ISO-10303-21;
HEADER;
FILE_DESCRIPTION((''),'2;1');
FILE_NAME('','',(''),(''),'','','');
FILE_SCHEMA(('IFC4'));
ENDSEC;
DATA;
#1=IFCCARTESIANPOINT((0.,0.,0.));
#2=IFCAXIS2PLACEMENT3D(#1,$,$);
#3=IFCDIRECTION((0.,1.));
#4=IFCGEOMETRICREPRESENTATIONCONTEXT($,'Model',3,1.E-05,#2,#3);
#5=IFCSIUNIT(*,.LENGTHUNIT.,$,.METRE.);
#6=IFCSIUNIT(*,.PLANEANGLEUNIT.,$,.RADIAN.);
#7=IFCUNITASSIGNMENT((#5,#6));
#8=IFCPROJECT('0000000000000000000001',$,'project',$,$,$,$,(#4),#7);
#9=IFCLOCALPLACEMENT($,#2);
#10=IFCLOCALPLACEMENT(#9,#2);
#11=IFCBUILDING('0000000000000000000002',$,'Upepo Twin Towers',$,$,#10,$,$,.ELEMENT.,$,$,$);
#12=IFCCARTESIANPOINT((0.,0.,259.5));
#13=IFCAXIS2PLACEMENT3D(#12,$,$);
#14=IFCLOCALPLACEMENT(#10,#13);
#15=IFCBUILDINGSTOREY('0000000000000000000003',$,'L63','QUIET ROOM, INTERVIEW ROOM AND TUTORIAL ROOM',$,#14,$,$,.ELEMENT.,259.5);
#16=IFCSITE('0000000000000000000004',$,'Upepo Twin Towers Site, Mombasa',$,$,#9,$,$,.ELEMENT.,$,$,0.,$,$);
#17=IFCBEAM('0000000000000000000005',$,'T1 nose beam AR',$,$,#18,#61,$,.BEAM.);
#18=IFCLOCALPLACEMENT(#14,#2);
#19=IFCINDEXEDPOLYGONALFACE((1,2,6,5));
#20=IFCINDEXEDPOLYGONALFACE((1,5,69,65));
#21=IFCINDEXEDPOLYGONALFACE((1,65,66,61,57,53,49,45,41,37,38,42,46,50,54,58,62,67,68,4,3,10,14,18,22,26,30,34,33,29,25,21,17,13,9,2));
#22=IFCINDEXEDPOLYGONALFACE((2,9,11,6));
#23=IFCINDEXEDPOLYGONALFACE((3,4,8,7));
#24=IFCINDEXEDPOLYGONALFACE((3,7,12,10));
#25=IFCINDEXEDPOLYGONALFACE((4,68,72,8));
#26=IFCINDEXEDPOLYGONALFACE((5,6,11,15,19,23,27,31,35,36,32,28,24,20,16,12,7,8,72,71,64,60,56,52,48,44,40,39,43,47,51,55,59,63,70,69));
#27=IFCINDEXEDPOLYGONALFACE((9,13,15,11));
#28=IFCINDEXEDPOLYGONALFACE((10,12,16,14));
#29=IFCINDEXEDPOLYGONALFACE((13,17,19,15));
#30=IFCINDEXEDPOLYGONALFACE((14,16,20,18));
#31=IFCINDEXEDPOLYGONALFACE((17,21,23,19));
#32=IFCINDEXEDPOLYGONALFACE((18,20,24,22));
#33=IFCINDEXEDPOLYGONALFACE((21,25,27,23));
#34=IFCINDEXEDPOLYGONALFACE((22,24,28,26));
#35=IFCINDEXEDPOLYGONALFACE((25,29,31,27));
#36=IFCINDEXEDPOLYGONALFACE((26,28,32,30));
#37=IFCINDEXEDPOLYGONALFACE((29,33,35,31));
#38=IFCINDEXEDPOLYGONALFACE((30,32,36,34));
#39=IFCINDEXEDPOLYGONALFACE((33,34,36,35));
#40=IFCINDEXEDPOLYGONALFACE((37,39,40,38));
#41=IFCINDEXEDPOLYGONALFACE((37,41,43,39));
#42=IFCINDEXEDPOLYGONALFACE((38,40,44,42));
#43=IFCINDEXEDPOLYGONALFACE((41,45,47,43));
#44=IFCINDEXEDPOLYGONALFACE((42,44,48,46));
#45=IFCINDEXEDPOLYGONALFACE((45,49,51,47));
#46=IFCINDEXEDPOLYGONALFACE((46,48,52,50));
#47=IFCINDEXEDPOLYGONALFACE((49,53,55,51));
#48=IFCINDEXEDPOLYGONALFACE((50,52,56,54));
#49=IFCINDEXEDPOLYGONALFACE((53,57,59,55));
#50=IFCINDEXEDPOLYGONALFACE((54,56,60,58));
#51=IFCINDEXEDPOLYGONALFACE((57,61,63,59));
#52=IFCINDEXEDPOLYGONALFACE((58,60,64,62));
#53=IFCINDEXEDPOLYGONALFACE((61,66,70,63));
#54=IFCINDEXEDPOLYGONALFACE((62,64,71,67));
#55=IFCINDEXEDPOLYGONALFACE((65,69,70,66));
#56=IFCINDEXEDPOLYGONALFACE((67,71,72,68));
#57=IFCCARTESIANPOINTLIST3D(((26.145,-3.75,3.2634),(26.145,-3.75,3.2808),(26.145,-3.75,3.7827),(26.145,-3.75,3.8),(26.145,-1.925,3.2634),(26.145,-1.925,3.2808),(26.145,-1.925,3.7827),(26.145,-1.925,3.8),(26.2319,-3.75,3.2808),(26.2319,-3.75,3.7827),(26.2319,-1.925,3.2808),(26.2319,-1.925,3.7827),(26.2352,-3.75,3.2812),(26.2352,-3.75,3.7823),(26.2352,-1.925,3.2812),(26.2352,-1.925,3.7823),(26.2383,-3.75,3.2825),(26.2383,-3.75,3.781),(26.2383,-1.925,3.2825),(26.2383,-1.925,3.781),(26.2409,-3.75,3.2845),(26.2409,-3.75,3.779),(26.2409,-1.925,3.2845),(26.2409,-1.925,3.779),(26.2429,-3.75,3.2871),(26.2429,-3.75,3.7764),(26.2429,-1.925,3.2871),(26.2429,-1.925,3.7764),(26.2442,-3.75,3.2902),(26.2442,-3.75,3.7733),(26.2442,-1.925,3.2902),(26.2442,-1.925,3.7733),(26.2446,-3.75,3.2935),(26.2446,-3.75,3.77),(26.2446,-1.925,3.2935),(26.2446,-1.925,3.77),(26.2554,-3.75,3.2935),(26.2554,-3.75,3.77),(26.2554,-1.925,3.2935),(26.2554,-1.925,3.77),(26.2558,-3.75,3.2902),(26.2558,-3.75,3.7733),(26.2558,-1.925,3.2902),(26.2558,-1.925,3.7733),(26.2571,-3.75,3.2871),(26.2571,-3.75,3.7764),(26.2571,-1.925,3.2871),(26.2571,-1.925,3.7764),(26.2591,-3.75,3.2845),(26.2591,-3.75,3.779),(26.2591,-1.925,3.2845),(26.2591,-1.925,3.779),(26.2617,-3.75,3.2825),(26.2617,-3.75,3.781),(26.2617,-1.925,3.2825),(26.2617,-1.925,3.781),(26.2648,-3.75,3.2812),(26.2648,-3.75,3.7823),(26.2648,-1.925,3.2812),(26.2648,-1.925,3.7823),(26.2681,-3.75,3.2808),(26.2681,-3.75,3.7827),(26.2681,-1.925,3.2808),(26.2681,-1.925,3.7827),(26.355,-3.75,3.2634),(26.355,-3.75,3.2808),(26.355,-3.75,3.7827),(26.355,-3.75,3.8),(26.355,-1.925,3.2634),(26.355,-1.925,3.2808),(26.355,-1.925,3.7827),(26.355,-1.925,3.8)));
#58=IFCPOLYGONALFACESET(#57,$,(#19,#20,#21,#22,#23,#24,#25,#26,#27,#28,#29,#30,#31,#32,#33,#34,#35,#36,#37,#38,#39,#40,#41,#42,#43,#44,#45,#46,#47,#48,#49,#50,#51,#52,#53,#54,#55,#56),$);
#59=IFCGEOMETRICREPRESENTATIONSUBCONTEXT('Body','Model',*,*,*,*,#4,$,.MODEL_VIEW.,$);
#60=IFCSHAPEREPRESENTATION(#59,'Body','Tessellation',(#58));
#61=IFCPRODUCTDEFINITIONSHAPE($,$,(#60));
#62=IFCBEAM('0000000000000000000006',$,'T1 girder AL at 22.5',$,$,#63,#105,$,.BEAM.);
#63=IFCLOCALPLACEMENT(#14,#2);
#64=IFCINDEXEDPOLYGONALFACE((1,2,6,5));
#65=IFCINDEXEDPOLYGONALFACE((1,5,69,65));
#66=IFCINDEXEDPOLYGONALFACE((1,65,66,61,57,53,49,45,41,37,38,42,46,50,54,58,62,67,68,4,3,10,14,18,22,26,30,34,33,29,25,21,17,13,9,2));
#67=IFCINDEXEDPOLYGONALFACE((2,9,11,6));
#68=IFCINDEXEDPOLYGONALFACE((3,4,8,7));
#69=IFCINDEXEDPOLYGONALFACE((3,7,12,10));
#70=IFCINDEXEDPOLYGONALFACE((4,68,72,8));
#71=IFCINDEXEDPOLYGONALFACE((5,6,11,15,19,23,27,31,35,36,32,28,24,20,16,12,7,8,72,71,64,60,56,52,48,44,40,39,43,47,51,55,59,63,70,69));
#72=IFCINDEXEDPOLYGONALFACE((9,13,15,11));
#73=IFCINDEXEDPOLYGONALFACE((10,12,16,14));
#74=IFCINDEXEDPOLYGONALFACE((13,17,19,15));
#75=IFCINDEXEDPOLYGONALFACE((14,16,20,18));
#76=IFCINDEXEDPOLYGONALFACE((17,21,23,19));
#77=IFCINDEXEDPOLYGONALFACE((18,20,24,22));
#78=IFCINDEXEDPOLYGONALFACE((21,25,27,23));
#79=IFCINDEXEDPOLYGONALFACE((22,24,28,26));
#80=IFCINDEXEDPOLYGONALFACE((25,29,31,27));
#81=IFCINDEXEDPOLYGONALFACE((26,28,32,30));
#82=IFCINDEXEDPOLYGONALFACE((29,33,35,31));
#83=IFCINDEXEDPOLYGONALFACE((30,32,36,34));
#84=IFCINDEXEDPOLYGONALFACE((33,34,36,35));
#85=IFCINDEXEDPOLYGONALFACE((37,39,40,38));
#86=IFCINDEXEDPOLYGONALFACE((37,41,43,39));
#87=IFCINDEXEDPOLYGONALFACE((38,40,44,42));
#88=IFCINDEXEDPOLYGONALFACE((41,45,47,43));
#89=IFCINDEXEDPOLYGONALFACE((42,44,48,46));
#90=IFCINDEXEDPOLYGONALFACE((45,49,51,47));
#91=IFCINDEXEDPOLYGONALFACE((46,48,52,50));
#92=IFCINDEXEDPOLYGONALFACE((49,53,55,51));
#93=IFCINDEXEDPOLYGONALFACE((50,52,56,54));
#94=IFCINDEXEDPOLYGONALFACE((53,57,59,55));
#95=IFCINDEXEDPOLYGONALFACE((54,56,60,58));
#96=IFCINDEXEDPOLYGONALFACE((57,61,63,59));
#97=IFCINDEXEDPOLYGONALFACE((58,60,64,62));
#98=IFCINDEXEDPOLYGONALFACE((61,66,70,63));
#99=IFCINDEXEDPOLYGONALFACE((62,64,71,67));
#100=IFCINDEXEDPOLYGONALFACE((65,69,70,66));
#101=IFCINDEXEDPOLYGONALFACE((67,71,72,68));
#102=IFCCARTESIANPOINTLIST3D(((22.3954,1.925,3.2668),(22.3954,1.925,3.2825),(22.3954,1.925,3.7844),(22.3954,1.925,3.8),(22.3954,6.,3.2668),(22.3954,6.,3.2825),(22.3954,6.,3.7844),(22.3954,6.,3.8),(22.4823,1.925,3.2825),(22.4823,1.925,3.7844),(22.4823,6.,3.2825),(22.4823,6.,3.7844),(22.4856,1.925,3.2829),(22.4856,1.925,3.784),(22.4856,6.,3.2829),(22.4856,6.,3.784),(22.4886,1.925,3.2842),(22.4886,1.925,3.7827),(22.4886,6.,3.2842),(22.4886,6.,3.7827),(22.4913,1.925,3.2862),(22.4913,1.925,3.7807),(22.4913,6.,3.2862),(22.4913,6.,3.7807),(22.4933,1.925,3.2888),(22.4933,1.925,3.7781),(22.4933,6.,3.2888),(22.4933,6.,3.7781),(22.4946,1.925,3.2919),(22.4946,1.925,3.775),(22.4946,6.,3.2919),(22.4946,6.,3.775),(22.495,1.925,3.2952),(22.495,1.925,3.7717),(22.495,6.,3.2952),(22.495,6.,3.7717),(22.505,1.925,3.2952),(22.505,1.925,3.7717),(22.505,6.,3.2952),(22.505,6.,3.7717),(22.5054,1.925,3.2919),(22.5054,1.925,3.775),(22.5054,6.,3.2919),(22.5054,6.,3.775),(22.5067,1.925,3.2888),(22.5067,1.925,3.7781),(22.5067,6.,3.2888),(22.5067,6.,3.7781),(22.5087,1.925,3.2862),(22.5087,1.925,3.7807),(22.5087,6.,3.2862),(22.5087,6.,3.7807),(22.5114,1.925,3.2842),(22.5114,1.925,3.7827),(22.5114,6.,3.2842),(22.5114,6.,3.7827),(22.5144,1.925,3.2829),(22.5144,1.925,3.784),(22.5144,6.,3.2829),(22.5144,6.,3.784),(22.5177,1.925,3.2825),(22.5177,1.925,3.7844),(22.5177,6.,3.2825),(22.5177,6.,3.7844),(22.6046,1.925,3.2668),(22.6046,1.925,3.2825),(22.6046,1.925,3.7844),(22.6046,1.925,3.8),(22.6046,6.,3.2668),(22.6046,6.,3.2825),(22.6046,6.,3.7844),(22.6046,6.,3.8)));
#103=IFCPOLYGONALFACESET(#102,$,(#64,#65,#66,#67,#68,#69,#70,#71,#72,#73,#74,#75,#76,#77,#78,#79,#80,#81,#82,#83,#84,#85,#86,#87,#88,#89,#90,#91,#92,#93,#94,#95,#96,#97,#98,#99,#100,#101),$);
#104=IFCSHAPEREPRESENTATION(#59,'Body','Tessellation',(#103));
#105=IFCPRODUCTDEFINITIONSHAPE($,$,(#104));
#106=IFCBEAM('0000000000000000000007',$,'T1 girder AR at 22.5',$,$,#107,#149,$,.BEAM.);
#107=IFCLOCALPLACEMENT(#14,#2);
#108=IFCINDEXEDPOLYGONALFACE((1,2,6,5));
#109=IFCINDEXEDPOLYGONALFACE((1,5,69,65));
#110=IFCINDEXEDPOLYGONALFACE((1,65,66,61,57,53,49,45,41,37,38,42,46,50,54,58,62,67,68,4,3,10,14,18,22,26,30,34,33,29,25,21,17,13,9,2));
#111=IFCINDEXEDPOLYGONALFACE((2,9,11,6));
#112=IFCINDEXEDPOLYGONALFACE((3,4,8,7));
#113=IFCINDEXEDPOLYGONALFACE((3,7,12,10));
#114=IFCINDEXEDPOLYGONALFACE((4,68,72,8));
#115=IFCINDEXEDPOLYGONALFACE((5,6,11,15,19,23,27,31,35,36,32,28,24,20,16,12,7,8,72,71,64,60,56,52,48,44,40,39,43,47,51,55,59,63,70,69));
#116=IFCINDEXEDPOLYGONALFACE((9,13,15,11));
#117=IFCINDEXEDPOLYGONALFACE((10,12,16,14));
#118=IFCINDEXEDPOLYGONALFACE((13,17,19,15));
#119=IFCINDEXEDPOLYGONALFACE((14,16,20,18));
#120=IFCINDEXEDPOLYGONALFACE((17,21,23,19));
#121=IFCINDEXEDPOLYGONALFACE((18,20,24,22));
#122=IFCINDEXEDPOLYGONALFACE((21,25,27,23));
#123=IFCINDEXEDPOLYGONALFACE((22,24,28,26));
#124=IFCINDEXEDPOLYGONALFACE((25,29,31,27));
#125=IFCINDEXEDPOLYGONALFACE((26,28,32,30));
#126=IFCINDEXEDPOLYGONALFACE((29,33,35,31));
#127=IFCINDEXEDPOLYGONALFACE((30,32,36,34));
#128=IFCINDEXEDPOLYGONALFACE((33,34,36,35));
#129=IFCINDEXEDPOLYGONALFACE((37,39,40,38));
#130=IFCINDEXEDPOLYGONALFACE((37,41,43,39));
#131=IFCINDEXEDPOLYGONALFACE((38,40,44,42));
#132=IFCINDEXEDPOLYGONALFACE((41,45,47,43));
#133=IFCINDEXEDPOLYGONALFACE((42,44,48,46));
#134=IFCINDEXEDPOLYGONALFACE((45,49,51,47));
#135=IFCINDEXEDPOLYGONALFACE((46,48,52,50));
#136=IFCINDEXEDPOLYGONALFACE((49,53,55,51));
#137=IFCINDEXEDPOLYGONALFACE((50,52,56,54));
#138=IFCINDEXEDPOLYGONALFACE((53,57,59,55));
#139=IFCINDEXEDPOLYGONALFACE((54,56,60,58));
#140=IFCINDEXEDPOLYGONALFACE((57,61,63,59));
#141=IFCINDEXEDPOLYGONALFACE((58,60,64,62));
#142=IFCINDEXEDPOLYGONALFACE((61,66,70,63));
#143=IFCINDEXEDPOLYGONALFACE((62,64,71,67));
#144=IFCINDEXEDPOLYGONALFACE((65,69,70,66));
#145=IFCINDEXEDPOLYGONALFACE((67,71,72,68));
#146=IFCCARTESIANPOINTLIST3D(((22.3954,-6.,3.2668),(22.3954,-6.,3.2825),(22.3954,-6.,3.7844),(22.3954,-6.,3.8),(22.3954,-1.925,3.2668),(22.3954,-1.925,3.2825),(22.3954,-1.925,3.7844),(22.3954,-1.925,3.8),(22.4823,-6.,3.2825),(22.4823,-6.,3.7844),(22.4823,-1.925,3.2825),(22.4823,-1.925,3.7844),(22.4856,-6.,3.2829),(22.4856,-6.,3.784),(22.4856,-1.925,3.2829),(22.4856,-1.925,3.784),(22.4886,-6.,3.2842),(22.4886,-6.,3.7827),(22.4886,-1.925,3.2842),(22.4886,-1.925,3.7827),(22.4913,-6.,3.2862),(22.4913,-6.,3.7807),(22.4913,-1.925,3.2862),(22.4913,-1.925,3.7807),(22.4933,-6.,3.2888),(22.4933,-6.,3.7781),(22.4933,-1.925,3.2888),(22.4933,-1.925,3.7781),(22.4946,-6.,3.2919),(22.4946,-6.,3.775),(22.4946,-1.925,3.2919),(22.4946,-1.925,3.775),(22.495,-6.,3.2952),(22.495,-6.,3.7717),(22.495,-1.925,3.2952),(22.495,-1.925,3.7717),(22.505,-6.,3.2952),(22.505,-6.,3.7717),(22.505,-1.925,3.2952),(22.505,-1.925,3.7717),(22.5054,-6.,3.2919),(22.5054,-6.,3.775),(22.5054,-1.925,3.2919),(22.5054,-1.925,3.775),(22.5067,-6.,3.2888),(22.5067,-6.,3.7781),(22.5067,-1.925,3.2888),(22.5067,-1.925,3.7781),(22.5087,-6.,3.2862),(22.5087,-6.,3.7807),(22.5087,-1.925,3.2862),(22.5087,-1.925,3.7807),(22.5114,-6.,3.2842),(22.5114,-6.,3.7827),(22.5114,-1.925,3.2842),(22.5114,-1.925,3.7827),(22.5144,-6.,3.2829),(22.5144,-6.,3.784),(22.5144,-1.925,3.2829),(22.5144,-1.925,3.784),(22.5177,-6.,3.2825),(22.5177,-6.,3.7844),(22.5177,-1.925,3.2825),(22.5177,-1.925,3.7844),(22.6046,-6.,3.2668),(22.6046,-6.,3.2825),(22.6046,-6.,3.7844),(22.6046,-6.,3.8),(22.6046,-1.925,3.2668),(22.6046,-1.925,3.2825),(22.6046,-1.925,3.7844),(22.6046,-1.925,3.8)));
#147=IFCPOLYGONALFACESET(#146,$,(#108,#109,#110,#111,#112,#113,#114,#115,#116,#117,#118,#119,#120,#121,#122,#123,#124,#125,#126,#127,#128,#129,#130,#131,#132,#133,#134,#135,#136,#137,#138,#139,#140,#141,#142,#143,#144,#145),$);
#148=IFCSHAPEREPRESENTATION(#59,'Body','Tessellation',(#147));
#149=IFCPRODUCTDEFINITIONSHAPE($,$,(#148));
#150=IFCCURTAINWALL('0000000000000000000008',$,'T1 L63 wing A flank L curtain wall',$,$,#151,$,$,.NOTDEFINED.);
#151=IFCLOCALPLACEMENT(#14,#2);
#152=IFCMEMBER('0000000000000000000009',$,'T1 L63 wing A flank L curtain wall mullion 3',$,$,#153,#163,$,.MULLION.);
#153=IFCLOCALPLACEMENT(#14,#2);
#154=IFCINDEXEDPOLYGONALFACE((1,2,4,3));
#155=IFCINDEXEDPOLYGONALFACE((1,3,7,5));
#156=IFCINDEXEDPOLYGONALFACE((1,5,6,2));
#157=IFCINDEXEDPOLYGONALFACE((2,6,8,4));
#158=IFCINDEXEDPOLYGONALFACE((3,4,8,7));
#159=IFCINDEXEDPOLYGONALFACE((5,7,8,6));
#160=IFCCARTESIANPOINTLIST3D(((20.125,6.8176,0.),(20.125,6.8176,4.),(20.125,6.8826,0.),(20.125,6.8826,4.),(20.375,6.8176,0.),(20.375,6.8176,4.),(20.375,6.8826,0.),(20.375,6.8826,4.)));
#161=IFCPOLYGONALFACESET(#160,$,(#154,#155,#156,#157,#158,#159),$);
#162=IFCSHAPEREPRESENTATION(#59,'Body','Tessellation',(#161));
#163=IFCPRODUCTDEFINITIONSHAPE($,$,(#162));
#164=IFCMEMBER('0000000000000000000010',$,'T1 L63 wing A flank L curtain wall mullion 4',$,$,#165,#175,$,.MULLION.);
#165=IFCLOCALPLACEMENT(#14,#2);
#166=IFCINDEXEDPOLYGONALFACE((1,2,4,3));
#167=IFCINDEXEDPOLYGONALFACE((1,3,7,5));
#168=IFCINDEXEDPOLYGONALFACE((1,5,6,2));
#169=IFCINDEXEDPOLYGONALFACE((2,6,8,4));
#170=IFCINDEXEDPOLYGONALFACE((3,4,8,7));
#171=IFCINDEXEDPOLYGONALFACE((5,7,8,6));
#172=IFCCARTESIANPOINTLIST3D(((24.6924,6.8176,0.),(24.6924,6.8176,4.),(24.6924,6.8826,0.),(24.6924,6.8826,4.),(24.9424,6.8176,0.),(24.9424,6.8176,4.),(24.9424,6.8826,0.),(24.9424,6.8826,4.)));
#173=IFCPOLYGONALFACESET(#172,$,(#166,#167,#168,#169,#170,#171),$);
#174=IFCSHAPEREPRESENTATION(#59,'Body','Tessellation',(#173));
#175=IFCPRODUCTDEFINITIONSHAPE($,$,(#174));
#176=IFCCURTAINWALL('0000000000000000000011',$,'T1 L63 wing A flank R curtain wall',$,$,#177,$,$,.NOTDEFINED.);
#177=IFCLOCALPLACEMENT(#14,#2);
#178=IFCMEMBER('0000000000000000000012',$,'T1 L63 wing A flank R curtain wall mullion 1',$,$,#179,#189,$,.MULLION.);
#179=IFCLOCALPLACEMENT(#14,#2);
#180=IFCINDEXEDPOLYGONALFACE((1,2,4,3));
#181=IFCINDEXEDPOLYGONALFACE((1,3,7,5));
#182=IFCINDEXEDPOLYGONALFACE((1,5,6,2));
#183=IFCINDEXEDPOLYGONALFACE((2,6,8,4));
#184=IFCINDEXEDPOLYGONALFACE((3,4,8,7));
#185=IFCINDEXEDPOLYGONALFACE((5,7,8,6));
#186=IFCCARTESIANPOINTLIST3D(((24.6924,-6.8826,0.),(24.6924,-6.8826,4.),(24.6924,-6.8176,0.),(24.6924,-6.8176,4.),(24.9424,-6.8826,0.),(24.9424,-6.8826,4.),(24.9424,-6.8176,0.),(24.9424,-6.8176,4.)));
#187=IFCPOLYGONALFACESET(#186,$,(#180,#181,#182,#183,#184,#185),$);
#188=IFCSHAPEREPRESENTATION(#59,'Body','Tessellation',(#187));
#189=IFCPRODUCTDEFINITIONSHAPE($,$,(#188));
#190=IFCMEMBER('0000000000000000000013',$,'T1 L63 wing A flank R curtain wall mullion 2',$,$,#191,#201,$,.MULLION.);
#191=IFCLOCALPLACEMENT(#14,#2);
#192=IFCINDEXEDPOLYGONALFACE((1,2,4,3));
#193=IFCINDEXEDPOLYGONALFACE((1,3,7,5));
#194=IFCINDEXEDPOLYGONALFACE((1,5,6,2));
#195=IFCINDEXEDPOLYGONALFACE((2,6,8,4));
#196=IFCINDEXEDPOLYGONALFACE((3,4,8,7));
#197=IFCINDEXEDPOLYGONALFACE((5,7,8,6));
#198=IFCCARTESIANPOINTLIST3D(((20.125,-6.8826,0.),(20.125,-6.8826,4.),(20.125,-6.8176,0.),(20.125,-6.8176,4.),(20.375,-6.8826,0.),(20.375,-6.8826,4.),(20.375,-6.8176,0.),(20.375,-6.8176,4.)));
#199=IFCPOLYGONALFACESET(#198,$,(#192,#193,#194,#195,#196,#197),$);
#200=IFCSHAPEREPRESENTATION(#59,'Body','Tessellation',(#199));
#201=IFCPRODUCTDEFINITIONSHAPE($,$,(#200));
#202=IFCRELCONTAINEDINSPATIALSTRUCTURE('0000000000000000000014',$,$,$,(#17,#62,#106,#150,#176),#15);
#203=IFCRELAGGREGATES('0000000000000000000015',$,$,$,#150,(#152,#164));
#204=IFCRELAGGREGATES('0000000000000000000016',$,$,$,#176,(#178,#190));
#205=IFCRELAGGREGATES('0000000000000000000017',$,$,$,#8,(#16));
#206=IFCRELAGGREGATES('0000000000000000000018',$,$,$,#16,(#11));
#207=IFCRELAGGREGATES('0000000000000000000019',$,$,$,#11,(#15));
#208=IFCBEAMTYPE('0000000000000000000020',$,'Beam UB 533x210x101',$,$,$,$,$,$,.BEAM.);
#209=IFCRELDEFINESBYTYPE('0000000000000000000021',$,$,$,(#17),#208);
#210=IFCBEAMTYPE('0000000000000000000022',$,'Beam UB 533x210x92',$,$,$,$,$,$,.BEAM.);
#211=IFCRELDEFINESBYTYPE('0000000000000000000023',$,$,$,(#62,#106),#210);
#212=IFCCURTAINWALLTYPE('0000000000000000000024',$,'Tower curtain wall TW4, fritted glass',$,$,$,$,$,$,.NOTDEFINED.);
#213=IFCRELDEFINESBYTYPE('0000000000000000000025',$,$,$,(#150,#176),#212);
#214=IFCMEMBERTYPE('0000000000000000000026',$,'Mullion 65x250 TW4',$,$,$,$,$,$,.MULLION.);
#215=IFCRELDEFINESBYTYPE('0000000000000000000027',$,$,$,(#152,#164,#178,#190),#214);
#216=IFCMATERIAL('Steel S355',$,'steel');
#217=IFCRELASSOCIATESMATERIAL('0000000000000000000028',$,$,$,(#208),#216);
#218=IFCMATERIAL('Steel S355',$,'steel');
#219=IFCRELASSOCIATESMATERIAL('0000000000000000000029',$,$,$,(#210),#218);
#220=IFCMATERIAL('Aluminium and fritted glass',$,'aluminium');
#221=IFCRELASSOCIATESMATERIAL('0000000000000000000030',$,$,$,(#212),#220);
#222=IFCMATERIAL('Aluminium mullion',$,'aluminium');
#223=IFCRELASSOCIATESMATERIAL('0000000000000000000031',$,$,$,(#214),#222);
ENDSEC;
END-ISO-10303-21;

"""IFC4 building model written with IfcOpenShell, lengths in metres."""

from ifc_helpers import new_model, si_unit, direction, frame, origin, origin_2d, place, context, subcontext, project, spatial, rectangle, i_section, extrude, material, material_profile, profile_set, type_object, element, aggregate, save


model = new_model("IFC4")

# Units and contexts
model_context = context("Model", 3, precision=1e-05, world=origin(), true_north=direction((0.0, 1.0)))
body_context = subcontext(model_context, "Body", "Model", "MODEL_VIEW")
ifc_project = project(units=[si_unit("LENGTHUNIT", "METRE"), si_unit("PLANEANGLEUNIT", "RADIAN")], contexts=[model_context])

# Site, building, storey
site_placement = place(None, origin())
site = spatial("IfcSite", under=ifc_project, at=site_placement, Name="Upepo Twin Towers Site, Mombasa", CompositionType="ELEMENT", RefElevation=0.0)
building_placement = place(site_placement, origin())
building = spatial("IfcBuilding", under=site, at=building_placement, Name="Upepo Twin Towers", CompositionType="ELEMENT")
storey_placement = place(building_placement, frame((0.0, 0.0, 259.5)))
storey = spatial("IfcBuildingStorey", under=building, at=storey_placement, Name="L63", Description="QUIET ROOM, INTERVIEW ROOM AND TUTORIAL ROOM", CompositionType="ELEMENT", Elevation=259.5)

# Beams
ifc_material_1 = material(Name="Steel S355", Category="steel")
ifc_material_profile_1 = material_profile(ifc_material_1, i_section(OverallWidth=0.21, OverallDepth=0.5366, WebThickness=0.0107, FlangeThickness=0.0173, FilletRadius=0.0127, at=origin_2d()), Name="UB 533x210x101")
ifc_profile_set_1 = profile_set([ifc_material_profile_1], Name="Steel S355")
beam_type_1 = type_object("IfcBeamType", Name="Beam UB 533x210x101", PredefinedType="BEAM", material=ifc_profile_set_1)
for number, where, z_axis, x_axis, name in (
    (1, (26.25, -3.75, 3.5317), (0.0, 1.0, 0.0), (-1.0, 0.0, 0.0), "T1 nose beam AR"),
):
    element("IfcBeam", number, at=place(storey_placement, frame(where, z_axis=z_axis, x_axis=x_axis)), inside=storey, type_object=beam_type_1, Name=name, PredefinedType="BEAM", context=body_context, shape_type="SweptSolid", body=[
        extrude(i_section(OverallWidth=0.21, OverallDepth=0.5366, WebThickness=0.0107, FlangeThickness=0.0173, FilletRadius=0.0127, at=origin_2d()), origin(), (0.0, 0.0, 1.0), 1.825),
    ])
ifc_material_2 = material(Name="Steel S355", Category="steel")
ifc_material_profile_2 = material_profile(ifc_material_2, i_section(OverallWidth=0.2092, OverallDepth=0.5332, WebThickness=0.01, FlangeThickness=0.0156, FilletRadius=0.0127, at=origin_2d()), Name="UB 533x210x92")
ifc_profile_set_2 = profile_set([ifc_material_profile_2], Name="Steel S355")
beam_type_2 = type_object("IfcBeamType", Name="Beam UB 533x210x92", PredefinedType="BEAM", material=ifc_profile_set_2)
for number, where, z_axis, x_axis, name in (
    (2, (22.5, 6.0, 3.5334), (0.0, -1.0, 0.0), (1.0, 0.0, 0.0), "T1 girder AL at 22.5"),
    (3, (22.5, -6.0, 3.5334), (0.0, 1.0, 0.0), (-1.0, 0.0, 0.0), "T1 girder AR at 22.5"),
):
    element("IfcBeam", number, at=place(storey_placement, frame(where, z_axis=z_axis, x_axis=x_axis)), inside=storey, type_object=beam_type_2, Name=name, PredefinedType="BEAM", context=body_context, shape_type="SweptSolid", body=[
        extrude(i_section(OverallWidth=0.2092, OverallDepth=0.5332, WebThickness=0.01, FlangeThickness=0.0156, FilletRadius=0.0127, at=origin_2d()), origin(), (0.0, 0.0, 1.0), 4.075),
    ])

# Curtain walls, members
ifc_material_3 = material(Name="Aluminium and fritted glass", Category="aluminium")
curtain_wall_type = type_object("IfcCurtainWallType", Name="Tower curtain wall TW4, fritted glass", PredefinedType="NOTDEFINED", material=ifc_material_3)
curtain_wall_1_placement = place(storey_placement, origin())
curtain_wall_1 = element("IfcCurtainWall", 4, at=curtain_wall_1_placement, inside=storey, type_object=curtain_wall_type, Name="T1 L63 wing A flank L curtain wall", PredefinedType="NOTDEFINED")
ifc_material_4 = material(Name="Aluminium mullion", Category="aluminium")
ifc_material_profile_3 = material_profile(ifc_material_4, rectangle(XDim=0.0649, YDim=0.25, at=origin_2d()), Name="MULLION 65x250")
ifc_profile_set_3 = profile_set([ifc_material_profile_3], Name="Aluminium mullion")
member_type_1 = type_object("IfcMemberType", Name="Mullion 65x250 TW4", PredefinedType="MULLION", material=ifc_profile_set_3)
member_1_placement = place(storey_placement, frame((20.25, 6.8501, 0.0), z_axis=(0.0, 0.0, 1.0), x_axis=(0.0, 1.0, 0.0)))
member_1 = element("IfcMember", 5, at=member_1_placement, type_object=member_type_1, Name="T1 L63 wing A flank L curtain wall mullion 3", PredefinedType="MULLION", context=body_context, shape_type="SweptSolid", body=[
    extrude(rectangle(XDim=0.0649, YDim=0.25, at=origin_2d()), origin(), (0.0, 0.0, 1.0), 4.0),
])
member_2_placement = place(storey_placement, frame((24.8174, 6.8501, 0.0), z_axis=(0.0, 0.0, 1.0), x_axis=(0.0, 1.0, 0.0)))
member_2 = element("IfcMember", 6, at=member_2_placement, type_object=member_type_1, Name="T1 L63 wing A flank L curtain wall mullion 4", PredefinedType="MULLION", context=body_context, shape_type="SweptSolid", body=[
    extrude(rectangle(XDim=0.0649, YDim=0.25, at=origin_2d()), origin(), (0.0, 0.0, 1.0), 4.0),
])
curtain_wall_2_placement = place(storey_placement, origin())
curtain_wall_2 = element("IfcCurtainWall", 7, at=curtain_wall_2_placement, inside=storey, type_object=curtain_wall_type, Name="T1 L63 wing A flank R curtain wall", PredefinedType="NOTDEFINED")
member_3_placement = place(storey_placement, frame((24.8174, -6.8501, 0.0), z_axis=(0.0, 0.0, 1.0), x_axis=(0.0, -1.0, 0.0)))
member_3 = element("IfcMember", 8, at=member_3_placement, type_object=member_type_1, Name="T1 L63 wing A flank R curtain wall mullion 1", PredefinedType="MULLION", context=body_context, shape_type="SweptSolid", body=[
    extrude(rectangle(XDim=0.0649, YDim=0.25, at=origin_2d()), origin(), (0.0, 0.0, 1.0), 4.0),
])
member_4_placement = place(storey_placement, frame((20.25, -6.8501, 0.0), z_axis=(0.0, 0.0, 1.0), x_axis=(0.0, -1.0, 0.0)))
member_4 = element("IfcMember", 9, at=member_4_placement, type_object=member_type_1, Name="T1 L63 wing A flank R curtain wall mullion 2", PredefinedType="MULLION", context=body_context, shape_type="SweptSolid", body=[
    extrude(rectangle(XDim=0.0649, YDim=0.25, at=origin_2d()), origin(), (0.0, 0.0, 1.0), 4.0),
])

aggregate(curtain_wall_1, [member_1, member_2])
aggregate(curtain_wall_2, [member_3, member_4])

save(model, "model.ifc")
